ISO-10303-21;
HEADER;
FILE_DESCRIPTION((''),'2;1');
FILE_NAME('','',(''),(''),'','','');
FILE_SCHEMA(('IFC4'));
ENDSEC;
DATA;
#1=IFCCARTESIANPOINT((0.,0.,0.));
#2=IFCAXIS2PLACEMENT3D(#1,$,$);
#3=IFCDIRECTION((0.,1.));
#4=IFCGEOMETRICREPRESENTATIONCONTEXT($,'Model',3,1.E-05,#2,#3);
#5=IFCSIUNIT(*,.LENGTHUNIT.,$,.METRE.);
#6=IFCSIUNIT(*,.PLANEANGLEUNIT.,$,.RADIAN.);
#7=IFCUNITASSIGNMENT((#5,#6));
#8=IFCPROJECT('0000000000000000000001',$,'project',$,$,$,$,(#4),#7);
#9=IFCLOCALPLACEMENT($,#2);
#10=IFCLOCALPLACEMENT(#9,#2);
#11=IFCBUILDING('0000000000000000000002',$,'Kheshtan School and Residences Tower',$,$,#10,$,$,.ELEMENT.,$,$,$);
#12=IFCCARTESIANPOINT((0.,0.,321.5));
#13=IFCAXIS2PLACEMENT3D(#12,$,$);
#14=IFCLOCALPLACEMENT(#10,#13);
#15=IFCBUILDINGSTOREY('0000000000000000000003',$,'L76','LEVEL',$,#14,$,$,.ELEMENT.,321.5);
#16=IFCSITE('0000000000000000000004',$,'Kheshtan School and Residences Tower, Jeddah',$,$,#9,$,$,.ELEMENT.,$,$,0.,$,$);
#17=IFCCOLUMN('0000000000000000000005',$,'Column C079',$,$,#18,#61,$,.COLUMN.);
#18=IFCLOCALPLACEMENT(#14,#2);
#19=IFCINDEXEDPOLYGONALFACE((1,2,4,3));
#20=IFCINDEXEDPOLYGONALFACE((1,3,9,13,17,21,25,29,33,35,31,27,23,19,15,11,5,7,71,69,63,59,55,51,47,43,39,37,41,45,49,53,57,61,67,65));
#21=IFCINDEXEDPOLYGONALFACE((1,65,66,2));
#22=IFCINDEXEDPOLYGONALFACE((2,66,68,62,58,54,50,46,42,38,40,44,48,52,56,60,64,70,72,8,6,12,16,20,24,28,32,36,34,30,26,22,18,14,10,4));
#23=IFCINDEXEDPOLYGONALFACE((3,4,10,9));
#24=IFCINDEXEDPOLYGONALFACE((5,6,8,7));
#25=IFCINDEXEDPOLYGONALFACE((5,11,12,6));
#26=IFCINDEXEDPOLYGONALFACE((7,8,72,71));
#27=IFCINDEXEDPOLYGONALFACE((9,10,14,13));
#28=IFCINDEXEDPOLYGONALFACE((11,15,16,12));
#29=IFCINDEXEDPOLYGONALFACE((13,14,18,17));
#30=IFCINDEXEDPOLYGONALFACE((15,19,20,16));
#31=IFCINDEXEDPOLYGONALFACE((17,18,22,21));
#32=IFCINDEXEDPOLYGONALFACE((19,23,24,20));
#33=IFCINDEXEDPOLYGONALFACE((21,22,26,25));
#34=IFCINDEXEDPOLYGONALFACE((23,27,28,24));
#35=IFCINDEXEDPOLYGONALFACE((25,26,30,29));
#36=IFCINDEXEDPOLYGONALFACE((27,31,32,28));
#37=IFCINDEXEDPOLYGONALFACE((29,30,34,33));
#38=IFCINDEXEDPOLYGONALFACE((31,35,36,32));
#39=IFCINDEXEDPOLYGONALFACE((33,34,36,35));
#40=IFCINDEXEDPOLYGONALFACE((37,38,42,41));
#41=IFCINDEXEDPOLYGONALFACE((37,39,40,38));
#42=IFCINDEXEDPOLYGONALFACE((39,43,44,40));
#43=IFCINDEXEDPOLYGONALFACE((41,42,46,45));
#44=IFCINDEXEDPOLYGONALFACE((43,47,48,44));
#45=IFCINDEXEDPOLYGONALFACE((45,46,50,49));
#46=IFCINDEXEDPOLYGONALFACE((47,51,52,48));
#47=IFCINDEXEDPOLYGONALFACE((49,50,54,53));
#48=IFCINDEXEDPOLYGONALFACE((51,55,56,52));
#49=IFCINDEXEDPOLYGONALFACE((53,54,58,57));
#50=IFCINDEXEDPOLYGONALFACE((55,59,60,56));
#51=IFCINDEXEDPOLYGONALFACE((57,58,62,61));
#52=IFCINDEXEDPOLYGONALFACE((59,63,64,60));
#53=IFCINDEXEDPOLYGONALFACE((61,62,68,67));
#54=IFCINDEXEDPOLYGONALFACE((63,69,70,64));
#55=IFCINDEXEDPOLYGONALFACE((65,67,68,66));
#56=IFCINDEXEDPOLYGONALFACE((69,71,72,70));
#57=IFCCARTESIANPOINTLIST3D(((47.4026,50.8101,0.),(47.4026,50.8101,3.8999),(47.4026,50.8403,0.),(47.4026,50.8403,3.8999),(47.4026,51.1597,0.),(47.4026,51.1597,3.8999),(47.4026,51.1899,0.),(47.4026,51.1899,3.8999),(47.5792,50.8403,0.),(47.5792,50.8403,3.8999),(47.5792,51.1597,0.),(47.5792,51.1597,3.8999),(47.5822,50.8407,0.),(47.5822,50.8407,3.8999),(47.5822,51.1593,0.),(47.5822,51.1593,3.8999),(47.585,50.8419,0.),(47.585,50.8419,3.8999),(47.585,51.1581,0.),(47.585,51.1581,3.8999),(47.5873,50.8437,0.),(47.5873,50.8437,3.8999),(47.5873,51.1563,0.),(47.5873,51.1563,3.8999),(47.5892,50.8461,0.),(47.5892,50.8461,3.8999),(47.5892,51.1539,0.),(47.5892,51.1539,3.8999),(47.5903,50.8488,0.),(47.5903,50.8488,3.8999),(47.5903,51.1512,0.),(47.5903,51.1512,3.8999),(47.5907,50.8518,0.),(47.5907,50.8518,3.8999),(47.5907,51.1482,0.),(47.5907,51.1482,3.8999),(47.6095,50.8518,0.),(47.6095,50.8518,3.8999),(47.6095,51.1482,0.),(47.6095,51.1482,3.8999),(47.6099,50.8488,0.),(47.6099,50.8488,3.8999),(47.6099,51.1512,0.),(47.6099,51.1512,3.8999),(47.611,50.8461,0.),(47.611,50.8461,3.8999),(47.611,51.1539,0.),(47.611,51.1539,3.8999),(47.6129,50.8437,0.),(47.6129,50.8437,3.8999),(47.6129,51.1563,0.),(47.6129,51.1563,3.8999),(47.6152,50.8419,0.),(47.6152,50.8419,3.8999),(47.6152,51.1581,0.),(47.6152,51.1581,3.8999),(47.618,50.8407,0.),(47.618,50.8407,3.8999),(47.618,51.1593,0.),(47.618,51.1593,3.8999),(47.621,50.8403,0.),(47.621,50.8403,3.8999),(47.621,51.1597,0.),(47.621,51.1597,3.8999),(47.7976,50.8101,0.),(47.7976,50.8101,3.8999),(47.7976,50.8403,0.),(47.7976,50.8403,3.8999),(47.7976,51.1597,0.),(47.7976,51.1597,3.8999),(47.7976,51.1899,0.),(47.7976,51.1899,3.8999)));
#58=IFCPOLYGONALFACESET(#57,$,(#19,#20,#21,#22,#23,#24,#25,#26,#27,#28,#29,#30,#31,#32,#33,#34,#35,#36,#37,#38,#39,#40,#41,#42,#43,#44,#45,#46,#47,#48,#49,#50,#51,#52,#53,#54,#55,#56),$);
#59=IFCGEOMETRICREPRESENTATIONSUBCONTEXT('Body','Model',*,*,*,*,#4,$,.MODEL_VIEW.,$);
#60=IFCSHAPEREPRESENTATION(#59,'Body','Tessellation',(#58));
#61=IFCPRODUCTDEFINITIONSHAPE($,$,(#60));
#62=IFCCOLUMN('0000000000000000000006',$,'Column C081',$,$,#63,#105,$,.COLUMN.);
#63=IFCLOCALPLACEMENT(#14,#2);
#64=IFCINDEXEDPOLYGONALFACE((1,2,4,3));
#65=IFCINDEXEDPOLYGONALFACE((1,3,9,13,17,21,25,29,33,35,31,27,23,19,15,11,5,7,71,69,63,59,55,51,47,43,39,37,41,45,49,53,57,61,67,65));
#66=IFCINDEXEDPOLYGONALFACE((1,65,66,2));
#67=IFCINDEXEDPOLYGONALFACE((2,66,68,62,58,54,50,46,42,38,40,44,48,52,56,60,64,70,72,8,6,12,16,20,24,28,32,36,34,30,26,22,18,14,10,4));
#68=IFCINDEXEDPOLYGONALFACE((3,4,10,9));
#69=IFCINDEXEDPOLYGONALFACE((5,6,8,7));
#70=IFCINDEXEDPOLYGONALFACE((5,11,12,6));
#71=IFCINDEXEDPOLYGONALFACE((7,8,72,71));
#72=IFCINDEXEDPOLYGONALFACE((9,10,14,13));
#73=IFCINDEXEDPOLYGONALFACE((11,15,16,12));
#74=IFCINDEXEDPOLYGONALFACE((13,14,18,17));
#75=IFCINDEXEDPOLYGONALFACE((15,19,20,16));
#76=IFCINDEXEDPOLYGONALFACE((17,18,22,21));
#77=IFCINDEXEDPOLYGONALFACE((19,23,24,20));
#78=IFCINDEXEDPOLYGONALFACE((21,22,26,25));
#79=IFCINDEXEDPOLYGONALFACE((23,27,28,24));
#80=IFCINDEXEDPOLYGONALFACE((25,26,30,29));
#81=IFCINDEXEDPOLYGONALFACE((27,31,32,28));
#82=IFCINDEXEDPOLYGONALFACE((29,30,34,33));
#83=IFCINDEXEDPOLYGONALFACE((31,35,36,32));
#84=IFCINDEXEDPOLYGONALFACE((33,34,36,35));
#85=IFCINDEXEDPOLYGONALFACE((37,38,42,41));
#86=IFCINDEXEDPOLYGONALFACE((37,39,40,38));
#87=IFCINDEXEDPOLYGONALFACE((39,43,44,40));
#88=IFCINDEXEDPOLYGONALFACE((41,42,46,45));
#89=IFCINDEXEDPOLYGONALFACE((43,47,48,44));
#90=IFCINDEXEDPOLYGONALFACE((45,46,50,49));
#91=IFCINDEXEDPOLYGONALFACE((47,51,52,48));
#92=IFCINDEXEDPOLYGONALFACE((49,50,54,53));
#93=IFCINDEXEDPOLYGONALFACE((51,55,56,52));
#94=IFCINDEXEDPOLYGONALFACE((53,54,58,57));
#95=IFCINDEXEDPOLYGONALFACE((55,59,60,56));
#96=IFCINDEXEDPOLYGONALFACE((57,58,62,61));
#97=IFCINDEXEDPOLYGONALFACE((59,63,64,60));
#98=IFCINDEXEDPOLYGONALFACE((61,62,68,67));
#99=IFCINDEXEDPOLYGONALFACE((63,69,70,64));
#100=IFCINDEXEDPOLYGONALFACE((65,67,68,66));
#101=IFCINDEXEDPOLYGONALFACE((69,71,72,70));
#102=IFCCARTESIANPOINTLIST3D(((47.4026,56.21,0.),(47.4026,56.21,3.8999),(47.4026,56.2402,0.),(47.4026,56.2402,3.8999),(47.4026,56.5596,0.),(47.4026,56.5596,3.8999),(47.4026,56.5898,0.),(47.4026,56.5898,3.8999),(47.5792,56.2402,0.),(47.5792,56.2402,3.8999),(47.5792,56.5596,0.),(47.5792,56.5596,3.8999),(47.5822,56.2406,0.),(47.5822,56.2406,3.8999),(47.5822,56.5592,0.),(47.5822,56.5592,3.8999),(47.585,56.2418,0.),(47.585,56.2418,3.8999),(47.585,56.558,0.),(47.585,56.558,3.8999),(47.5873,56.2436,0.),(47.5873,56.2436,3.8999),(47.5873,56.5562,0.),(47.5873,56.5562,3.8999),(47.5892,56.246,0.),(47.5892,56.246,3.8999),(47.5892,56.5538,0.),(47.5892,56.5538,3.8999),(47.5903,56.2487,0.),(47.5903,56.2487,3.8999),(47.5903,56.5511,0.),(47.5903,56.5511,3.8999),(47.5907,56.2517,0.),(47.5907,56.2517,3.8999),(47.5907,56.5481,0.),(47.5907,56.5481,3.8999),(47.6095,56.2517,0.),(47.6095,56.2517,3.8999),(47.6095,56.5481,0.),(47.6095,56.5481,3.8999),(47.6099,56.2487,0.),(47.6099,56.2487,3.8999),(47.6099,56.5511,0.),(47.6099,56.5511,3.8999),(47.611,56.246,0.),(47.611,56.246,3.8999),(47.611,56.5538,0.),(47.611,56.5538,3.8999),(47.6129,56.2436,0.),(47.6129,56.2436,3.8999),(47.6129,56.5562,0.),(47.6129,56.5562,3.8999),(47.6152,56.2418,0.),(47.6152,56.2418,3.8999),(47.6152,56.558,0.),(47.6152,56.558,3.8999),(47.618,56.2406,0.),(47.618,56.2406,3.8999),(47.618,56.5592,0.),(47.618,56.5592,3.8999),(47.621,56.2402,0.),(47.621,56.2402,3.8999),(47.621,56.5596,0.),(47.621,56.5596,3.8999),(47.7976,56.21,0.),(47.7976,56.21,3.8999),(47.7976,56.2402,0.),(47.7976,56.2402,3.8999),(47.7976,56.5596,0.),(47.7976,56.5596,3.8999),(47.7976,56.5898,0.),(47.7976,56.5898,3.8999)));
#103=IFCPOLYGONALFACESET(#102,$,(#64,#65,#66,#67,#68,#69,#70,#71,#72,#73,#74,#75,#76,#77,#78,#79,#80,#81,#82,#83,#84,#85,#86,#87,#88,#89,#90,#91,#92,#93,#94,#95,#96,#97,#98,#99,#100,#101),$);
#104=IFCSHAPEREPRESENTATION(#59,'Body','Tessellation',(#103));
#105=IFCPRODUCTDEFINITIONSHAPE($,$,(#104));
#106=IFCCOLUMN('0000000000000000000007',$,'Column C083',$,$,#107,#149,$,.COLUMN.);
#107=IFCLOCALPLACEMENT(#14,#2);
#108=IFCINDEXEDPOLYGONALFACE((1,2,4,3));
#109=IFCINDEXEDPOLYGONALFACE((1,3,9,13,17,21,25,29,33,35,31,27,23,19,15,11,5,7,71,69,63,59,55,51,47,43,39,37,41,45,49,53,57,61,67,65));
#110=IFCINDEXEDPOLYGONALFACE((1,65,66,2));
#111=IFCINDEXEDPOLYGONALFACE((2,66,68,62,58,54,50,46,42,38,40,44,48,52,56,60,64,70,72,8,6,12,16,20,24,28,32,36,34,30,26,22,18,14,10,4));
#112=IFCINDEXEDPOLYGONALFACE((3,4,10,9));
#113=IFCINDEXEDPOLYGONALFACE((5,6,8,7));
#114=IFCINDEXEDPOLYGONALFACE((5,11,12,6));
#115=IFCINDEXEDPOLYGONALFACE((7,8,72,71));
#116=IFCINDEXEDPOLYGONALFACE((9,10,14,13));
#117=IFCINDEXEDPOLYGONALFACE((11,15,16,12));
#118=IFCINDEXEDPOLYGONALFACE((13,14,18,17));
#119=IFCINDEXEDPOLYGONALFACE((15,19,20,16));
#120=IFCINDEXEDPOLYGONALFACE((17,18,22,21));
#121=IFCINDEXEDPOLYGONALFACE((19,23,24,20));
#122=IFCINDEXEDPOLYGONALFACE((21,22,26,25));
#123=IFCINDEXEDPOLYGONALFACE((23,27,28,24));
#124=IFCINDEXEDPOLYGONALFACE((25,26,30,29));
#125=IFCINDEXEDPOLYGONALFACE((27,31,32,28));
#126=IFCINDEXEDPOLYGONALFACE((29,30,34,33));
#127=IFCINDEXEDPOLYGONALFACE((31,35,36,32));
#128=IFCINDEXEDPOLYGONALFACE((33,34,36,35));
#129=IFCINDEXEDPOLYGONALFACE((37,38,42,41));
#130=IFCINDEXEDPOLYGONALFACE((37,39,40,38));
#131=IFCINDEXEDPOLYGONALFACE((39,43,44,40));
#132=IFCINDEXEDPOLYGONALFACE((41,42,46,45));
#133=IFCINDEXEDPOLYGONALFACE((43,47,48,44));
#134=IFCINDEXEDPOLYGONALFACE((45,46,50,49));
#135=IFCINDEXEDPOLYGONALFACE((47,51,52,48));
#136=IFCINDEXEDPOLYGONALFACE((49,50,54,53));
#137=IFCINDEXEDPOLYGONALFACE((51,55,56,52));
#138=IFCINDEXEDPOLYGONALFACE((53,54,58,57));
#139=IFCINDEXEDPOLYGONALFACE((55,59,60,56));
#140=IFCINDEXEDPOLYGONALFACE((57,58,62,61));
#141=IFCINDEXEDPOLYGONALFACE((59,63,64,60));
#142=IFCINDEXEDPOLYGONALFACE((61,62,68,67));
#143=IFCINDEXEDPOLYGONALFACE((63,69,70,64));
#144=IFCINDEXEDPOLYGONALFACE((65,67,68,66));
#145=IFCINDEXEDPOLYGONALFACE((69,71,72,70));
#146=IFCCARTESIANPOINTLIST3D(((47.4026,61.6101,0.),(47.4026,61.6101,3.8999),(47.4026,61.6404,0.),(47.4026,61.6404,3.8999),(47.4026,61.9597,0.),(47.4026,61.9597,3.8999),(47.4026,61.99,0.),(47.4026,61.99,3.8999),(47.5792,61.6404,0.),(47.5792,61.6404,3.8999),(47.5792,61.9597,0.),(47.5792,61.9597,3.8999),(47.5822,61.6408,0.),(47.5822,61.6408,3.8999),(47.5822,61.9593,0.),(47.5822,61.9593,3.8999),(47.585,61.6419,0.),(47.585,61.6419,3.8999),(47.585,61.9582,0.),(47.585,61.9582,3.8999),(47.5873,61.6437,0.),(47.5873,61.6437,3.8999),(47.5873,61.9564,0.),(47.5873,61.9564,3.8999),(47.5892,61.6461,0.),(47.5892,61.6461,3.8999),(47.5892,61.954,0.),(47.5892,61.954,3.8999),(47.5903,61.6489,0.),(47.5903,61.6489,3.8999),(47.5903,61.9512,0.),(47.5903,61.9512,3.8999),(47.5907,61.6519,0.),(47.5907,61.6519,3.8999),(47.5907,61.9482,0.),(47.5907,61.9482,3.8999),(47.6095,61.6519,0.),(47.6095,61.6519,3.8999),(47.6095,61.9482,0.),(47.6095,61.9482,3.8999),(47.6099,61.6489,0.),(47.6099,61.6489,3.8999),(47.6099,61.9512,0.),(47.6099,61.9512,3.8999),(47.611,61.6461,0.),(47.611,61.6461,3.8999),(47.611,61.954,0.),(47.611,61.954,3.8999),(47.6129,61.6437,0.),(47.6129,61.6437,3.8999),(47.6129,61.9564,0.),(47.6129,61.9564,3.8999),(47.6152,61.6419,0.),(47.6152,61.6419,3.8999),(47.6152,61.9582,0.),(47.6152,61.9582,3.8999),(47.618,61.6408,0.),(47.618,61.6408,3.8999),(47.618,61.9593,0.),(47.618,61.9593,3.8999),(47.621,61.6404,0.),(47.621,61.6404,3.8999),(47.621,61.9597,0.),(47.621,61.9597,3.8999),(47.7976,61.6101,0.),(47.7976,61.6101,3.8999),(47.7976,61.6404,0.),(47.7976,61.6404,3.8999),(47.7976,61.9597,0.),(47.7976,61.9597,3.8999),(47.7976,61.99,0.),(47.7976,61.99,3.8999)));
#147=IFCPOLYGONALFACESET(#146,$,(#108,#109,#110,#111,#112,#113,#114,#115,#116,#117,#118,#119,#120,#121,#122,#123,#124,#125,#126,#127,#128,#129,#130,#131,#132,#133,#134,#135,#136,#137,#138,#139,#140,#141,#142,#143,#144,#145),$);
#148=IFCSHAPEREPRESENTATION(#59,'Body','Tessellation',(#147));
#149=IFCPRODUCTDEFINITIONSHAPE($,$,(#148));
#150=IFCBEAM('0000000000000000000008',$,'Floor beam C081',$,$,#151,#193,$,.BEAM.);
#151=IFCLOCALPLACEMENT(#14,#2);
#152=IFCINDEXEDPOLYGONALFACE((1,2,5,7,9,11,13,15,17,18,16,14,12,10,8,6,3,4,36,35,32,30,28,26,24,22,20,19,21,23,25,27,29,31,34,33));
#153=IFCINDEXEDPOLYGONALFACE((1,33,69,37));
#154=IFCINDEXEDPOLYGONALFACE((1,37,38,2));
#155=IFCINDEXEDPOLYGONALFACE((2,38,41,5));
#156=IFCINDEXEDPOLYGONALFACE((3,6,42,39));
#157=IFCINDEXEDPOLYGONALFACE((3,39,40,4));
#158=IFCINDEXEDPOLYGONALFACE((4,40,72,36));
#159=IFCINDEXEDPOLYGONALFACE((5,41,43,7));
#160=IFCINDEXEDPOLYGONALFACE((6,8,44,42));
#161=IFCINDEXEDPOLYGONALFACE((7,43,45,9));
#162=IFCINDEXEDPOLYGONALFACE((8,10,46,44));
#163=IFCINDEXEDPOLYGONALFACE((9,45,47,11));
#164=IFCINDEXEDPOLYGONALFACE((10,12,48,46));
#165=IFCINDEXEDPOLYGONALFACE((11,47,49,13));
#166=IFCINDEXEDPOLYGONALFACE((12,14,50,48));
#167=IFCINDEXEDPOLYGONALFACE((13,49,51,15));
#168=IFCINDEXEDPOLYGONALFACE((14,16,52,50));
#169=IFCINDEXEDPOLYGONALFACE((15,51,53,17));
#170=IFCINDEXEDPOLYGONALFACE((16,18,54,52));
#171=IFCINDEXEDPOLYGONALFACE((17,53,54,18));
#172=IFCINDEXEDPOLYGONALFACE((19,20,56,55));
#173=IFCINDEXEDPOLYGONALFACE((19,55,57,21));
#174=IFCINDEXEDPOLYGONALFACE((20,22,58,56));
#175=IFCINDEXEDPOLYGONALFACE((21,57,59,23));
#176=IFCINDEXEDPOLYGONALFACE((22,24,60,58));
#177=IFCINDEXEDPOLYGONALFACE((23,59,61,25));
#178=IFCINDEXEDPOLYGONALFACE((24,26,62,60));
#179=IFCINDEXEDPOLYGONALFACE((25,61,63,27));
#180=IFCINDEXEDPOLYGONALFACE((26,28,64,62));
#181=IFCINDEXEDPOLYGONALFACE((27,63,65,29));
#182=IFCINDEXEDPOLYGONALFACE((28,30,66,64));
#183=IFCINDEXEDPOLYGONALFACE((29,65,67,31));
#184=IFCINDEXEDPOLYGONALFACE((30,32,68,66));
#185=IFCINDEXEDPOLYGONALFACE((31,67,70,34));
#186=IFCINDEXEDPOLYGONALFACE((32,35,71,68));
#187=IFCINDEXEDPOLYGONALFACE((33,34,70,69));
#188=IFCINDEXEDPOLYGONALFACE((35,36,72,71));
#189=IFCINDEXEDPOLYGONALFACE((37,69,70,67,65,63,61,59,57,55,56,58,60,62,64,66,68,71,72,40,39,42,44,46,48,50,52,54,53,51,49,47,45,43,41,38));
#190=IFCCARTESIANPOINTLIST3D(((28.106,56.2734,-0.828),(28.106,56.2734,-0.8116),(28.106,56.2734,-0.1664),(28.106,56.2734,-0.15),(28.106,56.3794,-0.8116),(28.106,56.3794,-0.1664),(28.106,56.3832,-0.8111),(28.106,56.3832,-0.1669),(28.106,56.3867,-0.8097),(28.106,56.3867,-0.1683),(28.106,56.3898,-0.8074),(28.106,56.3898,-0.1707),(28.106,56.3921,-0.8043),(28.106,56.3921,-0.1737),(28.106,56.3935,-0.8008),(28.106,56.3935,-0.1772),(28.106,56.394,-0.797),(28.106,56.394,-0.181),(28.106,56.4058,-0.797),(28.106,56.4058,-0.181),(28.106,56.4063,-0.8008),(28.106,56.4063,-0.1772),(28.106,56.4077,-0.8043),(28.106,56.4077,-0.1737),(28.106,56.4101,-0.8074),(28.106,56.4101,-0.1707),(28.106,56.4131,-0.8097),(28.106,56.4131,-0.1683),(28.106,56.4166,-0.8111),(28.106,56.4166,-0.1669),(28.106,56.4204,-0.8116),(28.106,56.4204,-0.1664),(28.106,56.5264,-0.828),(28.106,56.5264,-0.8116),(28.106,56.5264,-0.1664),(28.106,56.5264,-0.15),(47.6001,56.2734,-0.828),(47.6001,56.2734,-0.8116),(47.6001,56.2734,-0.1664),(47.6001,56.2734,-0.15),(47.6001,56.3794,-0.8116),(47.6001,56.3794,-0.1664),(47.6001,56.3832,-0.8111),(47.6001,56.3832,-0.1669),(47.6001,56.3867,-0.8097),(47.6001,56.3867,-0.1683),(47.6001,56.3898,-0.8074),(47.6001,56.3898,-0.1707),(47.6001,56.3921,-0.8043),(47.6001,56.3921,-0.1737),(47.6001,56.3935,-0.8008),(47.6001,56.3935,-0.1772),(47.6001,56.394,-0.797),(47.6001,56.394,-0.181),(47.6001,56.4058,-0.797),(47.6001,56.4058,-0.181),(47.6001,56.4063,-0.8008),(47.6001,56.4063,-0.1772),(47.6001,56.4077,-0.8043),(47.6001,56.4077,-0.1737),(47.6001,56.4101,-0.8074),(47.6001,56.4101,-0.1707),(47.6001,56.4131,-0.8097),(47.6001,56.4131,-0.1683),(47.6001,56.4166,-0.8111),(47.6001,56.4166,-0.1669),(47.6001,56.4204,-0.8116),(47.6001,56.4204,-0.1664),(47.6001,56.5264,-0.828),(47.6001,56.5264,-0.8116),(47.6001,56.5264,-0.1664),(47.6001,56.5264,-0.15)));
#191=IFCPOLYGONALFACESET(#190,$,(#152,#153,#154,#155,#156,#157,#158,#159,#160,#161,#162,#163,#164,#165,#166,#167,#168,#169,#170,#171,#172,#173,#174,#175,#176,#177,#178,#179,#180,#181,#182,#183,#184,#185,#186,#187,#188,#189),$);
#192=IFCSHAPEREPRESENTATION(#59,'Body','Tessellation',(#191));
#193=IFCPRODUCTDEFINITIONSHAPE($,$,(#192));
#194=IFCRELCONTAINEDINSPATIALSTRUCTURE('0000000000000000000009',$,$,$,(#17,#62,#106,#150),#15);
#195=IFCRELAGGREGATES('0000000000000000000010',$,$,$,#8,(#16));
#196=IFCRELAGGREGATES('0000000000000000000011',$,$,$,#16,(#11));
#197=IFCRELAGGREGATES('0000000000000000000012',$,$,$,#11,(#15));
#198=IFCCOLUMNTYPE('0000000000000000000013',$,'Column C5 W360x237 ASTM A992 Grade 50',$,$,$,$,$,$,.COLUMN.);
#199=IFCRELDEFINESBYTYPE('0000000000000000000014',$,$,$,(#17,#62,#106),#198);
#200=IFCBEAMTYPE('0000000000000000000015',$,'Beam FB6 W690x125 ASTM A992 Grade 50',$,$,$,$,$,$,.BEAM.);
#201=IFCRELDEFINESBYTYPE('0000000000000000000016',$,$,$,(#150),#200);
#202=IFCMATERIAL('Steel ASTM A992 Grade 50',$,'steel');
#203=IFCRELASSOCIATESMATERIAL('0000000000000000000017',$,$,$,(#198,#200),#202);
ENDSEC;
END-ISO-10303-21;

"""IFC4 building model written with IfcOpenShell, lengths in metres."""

from ifc_helpers import new_model, si_unit, direction, frame, origin, origin_2d, place, context, subcontext, project, spatial, i_section, extrude, material, material_profile, profile_set, type_object, element, save


model = new_model("IFC4")

# Units and contexts
model_context = context("Model", 3, precision=1e-05, world=origin(), true_north=direction((0.0, 1.0)))
body_context = subcontext(model_context, "Body", "Model", "MODEL_VIEW")
ifc_project = project(units=[si_unit("LENGTHUNIT", "METRE"), si_unit("PLANEANGLEUNIT", "RADIAN")], contexts=[model_context])

# Site, building, storey
site_placement = place(None, origin())
site = spatial("IfcSite", under=ifc_project, at=site_placement, Name="Kheshtan School and Residences Tower, Jeddah", CompositionType="ELEMENT", RefElevation=0.0)
building_placement = place(site_placement, origin())
building = spatial("IfcBuilding", under=site, at=building_placement, Name="Kheshtan School and Residences Tower", CompositionType="ELEMENT")
storey_placement = place(building_placement, frame((0.0, 0.0, 321.5)))
storey = spatial("IfcBuildingStorey", under=building, at=storey_placement, Name="L76", Description="LEVEL", CompositionType="ELEMENT", Elevation=321.5)

# Columns
ifc_material_1 = material(Name="Steel ASTM A992 Grade 50", Category="steel")
ifc_material_profile_1 = material_profile(ifc_material_1, i_section(OverallWidth=0.395, OverallDepth=0.3799, WebThickness=0.0188, FlangeThickness=0.0303, FilletRadius=0.0115, at=origin_2d()), Name="W360x237")
ifc_profile_set_1 = profile_set([ifc_material_profile_1], Name="Steel ASTM A992 Grade 50")
column_type = type_object("IfcColumnType", Name="Column C5 W360x237 ASTM A992 Grade 50", PredefinedType="COLUMN", material=ifc_profile_set_1)
for number, where, z_axis, x_axis, name in (
    (1, (47.6001, 51.0, 0.0), (0.0, 0.0, 1.0), (1.0, 0.0, 0.0), "Column C079"),
    (2, (47.6001, 56.3999, 0.0), (0.0, 0.0, 1.0), (1.0, 0.0, 0.0), "Column C081"),
    (3, (47.6001, 61.8, 0.0), (0.0, 0.0, 1.0), (1.0, 0.0, 0.0), "Column C083"),
):
    element("IfcColumn", number, at=place(storey_placement, frame(where, z_axis=z_axis, x_axis=x_axis)), inside=storey, type_object=column_type, Name=name, PredefinedType="COLUMN", context=body_context, shape_type="SweptSolid", body=[
        extrude(i_section(OverallWidth=0.395, OverallDepth=0.3799, WebThickness=0.0188, FlangeThickness=0.0303, FilletRadius=0.0115, at=origin_2d()), origin(), (0.0, 0.0, 1.0), 3.8999),
    ])

# Beam
ifc_material_profile_2 = material_profile(ifc_material_1, i_section(OverallWidth=0.2529, OverallDepth=0.678, WebThickness=0.0117, FlangeThickness=0.0164, FilletRadius=0.0146, at=origin_2d()), Name="W690x125")
ifc_profile_set_2 = profile_set([ifc_material_profile_2], Name="Steel ASTM A992 Grade 50")
beam_type_1 = type_object("IfcBeamType", Name="Beam FB6 W690x125 ASTM A992 Grade 50", PredefinedType="BEAM", material=ifc_profile_set_2)
beam_1_placement = place(storey_placement, frame((47.6001, 56.3999, -0.489), z_axis=(-1.0, 0.0, 0.0), x_axis=(0.0, -1.0, 0.0)))
element("IfcBeam", 4, at=beam_1_placement, inside=storey, type_object=beam_type_1, Name="Floor beam C081", PredefinedType="BEAM", context=body_context, shape_type="SweptSolid", body=[
    extrude(i_section(OverallWidth=0.2529, OverallDepth=0.678, WebThickness=0.0117, FlangeThickness=0.0164, FilletRadius=0.0146, at=origin_2d()), origin(), (0.0, 0.0, 1.0), 19.4941),
])

save(model, "model.ifc")
